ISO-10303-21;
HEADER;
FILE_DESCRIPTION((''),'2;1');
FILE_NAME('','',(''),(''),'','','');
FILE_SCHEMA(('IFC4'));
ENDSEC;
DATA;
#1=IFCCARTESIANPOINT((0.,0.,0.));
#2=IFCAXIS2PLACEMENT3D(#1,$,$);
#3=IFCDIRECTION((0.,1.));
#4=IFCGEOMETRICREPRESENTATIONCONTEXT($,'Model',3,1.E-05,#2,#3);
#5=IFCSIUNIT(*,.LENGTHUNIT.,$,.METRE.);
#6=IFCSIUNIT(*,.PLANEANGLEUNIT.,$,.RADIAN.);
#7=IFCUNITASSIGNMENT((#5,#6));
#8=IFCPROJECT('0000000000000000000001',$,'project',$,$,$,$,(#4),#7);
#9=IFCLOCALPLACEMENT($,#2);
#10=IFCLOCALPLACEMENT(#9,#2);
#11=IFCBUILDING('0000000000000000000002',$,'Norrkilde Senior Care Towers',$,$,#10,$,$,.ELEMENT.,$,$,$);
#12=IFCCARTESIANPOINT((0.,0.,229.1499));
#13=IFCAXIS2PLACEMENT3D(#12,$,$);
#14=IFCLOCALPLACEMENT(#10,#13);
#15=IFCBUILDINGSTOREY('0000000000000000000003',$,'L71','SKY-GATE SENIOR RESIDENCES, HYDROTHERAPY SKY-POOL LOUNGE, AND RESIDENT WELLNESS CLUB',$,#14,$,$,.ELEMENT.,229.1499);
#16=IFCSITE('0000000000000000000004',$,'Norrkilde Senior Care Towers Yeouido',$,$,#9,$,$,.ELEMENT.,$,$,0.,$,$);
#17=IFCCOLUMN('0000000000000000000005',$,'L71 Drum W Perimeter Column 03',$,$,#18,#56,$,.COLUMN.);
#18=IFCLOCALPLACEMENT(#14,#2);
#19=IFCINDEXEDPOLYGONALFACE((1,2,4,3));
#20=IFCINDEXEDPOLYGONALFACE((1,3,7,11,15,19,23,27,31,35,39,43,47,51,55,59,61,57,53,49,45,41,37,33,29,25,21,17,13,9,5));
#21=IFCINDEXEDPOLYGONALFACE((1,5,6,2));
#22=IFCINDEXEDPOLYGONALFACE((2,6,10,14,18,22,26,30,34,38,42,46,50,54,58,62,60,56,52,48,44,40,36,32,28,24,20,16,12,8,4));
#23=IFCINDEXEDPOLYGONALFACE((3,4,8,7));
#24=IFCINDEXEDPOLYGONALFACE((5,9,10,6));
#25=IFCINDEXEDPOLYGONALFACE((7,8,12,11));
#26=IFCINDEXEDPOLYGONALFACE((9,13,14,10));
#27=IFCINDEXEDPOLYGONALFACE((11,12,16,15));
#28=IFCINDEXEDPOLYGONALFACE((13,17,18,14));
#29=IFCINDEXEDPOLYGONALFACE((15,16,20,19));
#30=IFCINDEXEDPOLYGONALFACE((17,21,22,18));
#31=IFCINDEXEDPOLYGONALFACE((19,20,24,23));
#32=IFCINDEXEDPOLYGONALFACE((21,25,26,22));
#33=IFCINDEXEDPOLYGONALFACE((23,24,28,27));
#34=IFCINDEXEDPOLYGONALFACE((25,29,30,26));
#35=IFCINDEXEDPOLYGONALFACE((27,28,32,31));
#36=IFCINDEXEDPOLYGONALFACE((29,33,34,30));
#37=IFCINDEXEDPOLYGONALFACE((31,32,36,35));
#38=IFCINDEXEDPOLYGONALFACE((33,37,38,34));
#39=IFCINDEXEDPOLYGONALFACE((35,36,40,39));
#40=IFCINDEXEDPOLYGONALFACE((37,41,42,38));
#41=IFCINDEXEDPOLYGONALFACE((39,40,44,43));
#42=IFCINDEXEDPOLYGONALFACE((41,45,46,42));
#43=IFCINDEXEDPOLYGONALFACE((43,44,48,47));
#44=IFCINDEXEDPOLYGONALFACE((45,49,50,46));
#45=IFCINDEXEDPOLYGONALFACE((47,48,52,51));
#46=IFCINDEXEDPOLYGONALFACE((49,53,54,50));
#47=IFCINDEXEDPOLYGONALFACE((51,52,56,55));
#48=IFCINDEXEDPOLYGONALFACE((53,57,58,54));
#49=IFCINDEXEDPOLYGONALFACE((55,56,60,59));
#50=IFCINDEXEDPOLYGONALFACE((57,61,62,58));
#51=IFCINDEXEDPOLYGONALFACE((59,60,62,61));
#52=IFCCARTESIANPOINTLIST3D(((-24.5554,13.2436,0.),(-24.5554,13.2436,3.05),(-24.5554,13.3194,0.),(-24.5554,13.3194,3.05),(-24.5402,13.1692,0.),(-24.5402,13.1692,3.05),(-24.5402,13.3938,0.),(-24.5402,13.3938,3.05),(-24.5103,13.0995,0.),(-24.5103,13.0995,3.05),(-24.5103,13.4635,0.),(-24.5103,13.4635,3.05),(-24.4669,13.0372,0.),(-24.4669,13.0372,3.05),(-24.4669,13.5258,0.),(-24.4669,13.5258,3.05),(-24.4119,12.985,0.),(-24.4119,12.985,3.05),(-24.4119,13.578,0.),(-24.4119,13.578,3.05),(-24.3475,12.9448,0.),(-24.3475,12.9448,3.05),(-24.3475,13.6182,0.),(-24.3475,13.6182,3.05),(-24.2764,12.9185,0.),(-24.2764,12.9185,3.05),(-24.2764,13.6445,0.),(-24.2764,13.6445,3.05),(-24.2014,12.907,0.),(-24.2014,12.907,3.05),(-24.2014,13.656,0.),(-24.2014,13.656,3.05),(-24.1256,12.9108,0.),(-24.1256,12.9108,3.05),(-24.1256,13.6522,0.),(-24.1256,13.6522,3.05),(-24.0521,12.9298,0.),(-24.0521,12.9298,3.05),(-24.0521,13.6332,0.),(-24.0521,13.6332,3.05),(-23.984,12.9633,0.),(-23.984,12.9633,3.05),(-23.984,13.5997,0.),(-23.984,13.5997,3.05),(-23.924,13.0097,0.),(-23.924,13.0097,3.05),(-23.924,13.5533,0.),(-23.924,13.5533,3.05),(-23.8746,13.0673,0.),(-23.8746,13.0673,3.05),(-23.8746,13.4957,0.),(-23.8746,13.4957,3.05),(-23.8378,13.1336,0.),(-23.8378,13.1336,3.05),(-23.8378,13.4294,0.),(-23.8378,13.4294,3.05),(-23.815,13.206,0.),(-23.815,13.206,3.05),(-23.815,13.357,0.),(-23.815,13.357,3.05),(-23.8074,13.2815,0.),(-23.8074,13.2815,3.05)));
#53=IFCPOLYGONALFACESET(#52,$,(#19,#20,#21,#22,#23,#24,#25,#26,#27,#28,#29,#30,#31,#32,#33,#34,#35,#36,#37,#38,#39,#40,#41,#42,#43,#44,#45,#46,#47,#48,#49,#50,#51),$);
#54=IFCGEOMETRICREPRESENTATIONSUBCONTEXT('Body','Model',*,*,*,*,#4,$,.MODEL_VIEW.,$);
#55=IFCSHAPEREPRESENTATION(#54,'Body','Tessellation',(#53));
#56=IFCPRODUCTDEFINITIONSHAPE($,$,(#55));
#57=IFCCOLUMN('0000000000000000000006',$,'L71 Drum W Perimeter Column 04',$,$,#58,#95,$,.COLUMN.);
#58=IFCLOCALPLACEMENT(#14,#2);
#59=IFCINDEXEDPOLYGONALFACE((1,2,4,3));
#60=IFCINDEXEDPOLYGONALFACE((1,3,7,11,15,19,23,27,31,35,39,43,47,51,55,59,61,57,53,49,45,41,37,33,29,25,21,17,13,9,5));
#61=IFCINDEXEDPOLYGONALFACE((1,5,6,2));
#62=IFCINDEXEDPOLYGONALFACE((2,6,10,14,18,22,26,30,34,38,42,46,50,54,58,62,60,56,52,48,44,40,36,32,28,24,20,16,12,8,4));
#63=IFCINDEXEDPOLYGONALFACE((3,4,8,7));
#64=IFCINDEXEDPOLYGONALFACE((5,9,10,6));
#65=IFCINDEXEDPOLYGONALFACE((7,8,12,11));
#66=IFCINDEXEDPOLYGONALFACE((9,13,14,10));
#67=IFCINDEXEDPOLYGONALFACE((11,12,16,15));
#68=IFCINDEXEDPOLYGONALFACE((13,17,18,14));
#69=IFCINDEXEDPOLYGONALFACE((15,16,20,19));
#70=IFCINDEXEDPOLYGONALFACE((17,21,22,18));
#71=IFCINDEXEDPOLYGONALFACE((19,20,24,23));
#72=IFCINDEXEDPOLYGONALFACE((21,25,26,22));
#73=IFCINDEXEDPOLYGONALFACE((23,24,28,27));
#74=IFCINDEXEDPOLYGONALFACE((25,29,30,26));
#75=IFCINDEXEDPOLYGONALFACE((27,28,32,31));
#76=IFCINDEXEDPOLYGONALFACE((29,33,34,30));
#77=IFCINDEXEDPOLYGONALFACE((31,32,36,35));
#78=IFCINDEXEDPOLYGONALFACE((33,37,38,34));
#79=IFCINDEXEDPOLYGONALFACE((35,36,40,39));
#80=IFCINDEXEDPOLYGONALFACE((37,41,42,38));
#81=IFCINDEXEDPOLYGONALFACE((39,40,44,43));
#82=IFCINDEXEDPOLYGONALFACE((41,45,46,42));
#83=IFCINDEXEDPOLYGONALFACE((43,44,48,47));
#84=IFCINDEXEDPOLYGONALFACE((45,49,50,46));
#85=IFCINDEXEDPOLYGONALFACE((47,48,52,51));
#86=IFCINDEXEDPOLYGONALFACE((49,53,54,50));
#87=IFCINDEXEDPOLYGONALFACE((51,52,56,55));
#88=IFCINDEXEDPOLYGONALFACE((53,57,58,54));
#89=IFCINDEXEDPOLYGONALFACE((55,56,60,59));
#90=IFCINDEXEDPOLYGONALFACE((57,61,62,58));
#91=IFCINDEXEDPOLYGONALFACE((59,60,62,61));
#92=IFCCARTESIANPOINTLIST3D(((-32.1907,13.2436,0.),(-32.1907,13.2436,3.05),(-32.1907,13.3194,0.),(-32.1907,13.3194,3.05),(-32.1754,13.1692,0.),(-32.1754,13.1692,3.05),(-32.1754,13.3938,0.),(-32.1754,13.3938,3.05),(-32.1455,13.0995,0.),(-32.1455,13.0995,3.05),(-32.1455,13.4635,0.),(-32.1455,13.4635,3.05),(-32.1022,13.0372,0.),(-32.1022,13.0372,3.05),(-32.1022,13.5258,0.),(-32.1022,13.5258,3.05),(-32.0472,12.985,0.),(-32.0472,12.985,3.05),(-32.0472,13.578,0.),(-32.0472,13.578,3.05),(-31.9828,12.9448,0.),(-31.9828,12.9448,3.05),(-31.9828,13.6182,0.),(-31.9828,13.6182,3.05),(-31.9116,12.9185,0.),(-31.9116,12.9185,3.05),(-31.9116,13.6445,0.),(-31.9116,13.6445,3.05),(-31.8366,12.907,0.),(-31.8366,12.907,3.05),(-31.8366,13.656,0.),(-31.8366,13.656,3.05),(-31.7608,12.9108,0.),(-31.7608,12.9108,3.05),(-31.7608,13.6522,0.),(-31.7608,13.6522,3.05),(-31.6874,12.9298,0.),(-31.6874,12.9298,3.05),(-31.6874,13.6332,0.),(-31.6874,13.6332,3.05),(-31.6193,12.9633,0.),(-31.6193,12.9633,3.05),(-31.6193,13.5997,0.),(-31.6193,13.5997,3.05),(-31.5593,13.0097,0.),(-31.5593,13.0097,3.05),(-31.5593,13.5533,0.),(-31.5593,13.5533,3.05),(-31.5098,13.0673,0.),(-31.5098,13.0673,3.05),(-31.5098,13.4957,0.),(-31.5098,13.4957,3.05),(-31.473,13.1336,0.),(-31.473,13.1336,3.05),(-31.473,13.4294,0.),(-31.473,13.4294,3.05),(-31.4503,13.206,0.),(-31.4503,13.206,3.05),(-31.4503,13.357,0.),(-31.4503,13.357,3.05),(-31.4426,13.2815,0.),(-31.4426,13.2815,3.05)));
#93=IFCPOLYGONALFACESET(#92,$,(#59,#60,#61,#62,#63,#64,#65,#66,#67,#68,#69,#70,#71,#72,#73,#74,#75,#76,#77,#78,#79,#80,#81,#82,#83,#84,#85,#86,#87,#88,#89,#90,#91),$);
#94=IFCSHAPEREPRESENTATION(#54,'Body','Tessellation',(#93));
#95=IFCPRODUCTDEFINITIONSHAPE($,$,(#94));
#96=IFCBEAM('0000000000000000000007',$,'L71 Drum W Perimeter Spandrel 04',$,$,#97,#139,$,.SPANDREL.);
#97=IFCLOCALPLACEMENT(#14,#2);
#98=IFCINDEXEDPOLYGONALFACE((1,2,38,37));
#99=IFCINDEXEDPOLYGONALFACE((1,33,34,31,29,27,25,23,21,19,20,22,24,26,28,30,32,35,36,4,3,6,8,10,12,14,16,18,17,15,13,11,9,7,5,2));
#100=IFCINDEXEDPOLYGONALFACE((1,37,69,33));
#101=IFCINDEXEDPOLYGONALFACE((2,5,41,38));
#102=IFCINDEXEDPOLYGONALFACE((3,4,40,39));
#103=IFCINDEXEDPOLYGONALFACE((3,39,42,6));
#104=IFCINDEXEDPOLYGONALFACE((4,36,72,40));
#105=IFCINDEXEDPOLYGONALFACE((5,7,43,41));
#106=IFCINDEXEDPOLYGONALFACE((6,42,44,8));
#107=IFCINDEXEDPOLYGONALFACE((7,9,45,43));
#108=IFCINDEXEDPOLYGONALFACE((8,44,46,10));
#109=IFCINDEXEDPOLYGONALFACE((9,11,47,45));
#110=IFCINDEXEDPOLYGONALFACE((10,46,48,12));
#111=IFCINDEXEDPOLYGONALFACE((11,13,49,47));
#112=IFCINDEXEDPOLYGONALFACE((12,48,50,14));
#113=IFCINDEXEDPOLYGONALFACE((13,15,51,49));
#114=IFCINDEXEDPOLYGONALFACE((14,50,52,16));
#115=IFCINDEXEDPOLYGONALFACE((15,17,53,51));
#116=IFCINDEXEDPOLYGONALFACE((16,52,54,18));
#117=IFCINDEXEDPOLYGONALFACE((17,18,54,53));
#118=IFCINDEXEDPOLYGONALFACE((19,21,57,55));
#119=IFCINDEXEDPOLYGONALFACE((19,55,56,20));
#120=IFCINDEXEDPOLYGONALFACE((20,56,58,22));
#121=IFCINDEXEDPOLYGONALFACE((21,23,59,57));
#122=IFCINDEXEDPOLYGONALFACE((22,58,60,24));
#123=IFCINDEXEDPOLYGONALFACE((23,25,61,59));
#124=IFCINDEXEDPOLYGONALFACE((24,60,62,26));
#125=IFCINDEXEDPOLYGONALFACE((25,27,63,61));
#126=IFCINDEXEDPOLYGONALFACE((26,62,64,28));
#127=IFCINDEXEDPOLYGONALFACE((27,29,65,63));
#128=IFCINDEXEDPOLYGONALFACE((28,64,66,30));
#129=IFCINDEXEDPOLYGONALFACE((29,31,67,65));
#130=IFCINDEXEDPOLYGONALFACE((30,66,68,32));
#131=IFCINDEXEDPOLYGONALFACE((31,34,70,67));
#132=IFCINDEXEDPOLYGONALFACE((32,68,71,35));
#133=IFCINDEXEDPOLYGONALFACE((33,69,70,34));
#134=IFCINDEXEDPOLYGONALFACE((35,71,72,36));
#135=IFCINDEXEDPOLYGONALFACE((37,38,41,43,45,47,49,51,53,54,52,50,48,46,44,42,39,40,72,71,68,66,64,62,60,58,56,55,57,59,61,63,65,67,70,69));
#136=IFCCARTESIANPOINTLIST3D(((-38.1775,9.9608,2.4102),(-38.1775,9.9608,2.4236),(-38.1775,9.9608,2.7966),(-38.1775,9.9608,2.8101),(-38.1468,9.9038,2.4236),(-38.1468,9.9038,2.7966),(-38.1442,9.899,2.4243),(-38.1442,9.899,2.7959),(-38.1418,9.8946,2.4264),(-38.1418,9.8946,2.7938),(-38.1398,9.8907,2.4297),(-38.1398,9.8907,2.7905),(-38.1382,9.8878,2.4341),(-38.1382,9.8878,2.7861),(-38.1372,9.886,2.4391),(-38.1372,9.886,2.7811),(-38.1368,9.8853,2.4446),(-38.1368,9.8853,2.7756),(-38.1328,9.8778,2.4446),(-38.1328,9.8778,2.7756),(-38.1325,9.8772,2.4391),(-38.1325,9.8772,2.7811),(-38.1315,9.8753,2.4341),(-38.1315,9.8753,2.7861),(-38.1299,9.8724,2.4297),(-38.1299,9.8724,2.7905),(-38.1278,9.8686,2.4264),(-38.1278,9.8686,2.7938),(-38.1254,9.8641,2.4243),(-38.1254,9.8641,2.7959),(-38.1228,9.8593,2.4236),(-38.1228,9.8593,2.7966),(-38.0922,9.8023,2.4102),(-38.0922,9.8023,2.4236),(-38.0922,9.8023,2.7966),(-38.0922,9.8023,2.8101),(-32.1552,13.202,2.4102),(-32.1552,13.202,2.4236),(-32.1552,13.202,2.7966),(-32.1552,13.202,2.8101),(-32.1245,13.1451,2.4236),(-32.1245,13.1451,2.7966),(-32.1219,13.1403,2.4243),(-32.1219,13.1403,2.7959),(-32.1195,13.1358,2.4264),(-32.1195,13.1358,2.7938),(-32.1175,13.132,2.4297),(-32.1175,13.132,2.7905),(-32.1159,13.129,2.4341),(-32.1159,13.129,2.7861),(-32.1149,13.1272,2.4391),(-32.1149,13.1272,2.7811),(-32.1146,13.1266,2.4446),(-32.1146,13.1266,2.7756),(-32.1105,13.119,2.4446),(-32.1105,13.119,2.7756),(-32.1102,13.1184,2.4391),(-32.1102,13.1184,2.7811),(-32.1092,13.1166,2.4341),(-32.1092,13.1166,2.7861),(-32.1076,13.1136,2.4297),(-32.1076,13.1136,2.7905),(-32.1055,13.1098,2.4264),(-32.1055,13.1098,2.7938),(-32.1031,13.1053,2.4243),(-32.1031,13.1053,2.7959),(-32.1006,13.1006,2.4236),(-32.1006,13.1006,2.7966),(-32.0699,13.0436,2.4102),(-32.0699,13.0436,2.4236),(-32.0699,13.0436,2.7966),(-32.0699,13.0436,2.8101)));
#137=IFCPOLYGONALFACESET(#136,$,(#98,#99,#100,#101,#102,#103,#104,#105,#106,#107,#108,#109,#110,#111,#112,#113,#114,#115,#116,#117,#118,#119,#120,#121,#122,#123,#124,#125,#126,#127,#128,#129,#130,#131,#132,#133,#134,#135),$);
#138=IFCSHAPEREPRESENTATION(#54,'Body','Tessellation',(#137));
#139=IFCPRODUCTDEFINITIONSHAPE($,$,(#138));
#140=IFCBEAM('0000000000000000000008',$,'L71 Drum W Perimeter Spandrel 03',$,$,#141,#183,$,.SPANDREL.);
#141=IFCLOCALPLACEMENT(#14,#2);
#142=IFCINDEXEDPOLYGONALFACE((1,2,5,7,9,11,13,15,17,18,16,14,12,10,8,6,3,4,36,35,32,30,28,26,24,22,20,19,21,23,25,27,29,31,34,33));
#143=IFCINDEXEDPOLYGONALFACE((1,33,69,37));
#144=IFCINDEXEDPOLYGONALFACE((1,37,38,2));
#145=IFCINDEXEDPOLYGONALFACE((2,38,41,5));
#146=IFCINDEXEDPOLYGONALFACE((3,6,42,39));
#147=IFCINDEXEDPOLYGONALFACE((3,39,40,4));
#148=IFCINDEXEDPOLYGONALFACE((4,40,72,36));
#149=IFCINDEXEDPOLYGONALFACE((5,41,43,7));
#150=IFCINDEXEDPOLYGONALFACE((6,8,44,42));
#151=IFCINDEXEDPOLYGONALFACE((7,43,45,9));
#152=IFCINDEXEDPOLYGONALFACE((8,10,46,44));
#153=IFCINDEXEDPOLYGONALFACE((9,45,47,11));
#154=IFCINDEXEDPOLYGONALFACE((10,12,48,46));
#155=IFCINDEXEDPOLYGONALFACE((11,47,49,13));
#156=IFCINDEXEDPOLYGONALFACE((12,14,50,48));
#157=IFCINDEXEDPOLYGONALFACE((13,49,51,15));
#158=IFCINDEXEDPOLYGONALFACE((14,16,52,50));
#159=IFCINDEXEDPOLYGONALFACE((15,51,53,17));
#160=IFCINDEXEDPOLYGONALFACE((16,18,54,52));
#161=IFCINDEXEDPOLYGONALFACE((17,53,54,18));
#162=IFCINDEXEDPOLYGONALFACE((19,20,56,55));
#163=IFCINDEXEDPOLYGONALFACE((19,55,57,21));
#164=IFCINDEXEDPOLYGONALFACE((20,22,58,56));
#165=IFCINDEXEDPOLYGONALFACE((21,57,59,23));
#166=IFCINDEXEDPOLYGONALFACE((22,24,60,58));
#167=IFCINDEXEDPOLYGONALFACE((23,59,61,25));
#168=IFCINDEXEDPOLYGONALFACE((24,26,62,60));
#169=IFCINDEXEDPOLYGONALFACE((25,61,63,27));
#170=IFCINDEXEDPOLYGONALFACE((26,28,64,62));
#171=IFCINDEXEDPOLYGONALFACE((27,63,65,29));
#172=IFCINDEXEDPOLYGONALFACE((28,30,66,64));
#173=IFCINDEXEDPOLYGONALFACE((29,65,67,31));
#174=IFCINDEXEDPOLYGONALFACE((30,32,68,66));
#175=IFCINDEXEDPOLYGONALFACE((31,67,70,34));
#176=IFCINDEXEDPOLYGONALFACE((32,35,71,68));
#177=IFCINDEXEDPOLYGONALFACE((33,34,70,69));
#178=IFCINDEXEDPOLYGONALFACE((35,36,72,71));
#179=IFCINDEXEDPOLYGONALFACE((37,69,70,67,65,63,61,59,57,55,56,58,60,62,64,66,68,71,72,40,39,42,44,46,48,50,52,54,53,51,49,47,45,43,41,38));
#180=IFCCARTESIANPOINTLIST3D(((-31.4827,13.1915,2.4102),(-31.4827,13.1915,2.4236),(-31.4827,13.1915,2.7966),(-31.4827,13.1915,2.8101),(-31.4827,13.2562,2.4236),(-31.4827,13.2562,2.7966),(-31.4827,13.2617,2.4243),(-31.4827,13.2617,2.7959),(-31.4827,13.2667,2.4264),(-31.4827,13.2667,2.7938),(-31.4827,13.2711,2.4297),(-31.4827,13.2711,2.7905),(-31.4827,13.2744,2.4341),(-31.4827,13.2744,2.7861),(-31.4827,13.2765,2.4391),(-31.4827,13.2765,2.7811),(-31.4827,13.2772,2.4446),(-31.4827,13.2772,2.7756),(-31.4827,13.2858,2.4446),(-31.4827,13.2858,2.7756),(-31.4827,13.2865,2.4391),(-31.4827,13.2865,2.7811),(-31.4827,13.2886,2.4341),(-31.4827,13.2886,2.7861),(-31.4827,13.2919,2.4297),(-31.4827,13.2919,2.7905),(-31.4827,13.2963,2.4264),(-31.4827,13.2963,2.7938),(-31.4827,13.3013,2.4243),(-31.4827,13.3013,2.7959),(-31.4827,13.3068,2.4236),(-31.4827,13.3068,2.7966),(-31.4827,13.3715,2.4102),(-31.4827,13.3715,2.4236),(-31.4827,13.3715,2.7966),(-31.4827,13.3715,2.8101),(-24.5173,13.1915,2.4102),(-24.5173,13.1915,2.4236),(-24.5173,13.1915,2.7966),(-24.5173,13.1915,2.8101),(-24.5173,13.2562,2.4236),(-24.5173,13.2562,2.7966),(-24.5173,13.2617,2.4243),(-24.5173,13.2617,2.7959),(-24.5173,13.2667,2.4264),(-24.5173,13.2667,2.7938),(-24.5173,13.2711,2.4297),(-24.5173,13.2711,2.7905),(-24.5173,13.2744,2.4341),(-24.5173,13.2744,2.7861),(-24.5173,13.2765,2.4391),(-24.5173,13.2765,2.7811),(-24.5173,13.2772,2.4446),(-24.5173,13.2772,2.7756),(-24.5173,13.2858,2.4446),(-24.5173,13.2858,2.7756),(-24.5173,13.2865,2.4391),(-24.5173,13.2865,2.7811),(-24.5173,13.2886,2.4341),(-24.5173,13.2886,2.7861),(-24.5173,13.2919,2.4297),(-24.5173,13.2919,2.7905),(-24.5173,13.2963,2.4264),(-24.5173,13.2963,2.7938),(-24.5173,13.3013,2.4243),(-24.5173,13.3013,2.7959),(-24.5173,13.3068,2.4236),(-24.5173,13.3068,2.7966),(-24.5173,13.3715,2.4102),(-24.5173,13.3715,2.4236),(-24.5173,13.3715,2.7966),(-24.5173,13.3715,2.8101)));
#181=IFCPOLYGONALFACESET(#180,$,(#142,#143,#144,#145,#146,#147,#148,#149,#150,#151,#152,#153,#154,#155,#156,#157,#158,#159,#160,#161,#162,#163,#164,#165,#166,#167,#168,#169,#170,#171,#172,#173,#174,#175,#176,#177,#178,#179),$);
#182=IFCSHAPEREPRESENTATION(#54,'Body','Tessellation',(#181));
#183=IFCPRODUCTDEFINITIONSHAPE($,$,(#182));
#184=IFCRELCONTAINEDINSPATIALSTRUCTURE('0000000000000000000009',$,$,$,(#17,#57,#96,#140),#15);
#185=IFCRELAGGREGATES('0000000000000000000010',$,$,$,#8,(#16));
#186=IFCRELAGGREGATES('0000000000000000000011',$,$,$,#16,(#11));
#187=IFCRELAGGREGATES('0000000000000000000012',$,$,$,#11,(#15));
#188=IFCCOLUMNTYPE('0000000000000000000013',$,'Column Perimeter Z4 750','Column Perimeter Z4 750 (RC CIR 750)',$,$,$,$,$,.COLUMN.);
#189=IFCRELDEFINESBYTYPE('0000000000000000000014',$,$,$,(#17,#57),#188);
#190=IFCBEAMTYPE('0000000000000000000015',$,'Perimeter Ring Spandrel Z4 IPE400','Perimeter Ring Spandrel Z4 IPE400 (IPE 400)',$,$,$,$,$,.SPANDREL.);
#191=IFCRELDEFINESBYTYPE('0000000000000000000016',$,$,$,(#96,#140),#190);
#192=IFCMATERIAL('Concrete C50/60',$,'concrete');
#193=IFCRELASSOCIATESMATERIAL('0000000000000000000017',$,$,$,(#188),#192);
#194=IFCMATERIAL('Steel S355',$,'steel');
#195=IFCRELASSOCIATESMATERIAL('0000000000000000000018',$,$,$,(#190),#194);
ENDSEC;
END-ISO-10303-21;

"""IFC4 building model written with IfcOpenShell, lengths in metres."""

from ifc_helpers import new_model, si_unit, direction, frame, origin, origin_2d, place, context, subcontext, project, spatial, circle, i_section, extrude, source, transform, mapped, material, material_profile, profile_set, type_object, type_shapes, element, save


model = new_model("IFC4")

# Units and contexts
model_context = context("Model", 3, precision=1e-05, world=origin(), true_north=direction((0.0, 1.0)))
body_context = subcontext(model_context, "Body", "Model", "MODEL_VIEW")
ifc_project = project(units=[si_unit("LENGTHUNIT", "METRE"), si_unit("PLANEANGLEUNIT", "RADIAN")], contexts=[model_context])

# Site, building, storey
site_placement = place(None, origin())
site = spatial("IfcSite", under=ifc_project, at=site_placement, Name="Norrkilde Senior Care Towers Yeouido", CompositionType="ELEMENT", RefElevation=0.0)
building_placement = place(site_placement, origin())
building = spatial("IfcBuilding", under=site, at=building_placement, Name="Norrkilde Senior Care Towers", CompositionType="ELEMENT")
storey_placement = place(building_placement, frame((0.0, 0.0, 229.1499)))
storey = spatial("IfcBuildingStorey", under=building, at=storey_placement, Name="L71", Description="SKY-GATE SENIOR RESIDENCES, HYDROTHERAPY SKY-POOL LOUNGE, AND RESIDENT WELLNESS CLUB", CompositionType="ELEMENT", Elevation=229.1499)

# Columns
ifc_material_1 = material(Name="Concrete C50/60", Category="concrete")
ifc_material_profile_1 = material_profile(ifc_material_1, circle(Radius=0.375, at=origin_2d()), Name="RC CIR 750")
ifc_profile_set_1 = profile_set([ifc_material_profile_1], Name="Concrete C50/60")
column_type = type_object("IfcColumnType", Name="Column Perimeter Z4 750", Description="Column Perimeter Z4 750 (RC CIR 750)", PredefinedType="COLUMN", material=ifc_profile_set_1)
shared_shape_1 = source(origin(), body_context, "Body", "SweptSolid", [
    extrude(circle(Radius=0.375, at=origin_2d()), origin(), (0.0, 0.0, 1.0), 3.05),
])
type_shapes(column_type, [shared_shape_1])
for number, where, z_axis, x_axis, name in (
    (1, (-24.1824, 13.2815, 0.0), (0.0, 0.0, 1.0), (1.0, 0.0, 0.0), "L71 Drum W Perimeter Column 03"),
    (2, (-31.8176, 13.2815, 0.0), (0.0, 0.0, 1.0), (1.0, 0.0, 0.0), "L71 Drum W Perimeter Column 04"),
):
    element("IfcColumn", number, at=place(storey_placement, frame(where, z_axis=z_axis, x_axis=x_axis)), inside=storey, type_object=column_type, Name=name, PredefinedType="COLUMN", context=body_context, shape_type="MappedRepresentation", body=[
        mapped(shared_shape_1, transform((0.0, 0.0, 0.0), x_axis=(1.0, 0.0, 0.0), y_axis=(0.0, 1.0, 0.0), z_axis=(0.0, 0.0, 1.0), scale=1.0)),
    ])

# Beams
ifc_material_2 = material(Name="Steel S355", Category="steel")
ifc_material_profile_2 = material_profile(ifc_material_2, i_section(OverallWidth=0.1799, OverallDepth=0.3999, WebThickness=0.0085, FlangeThickness=0.0134, FilletRadius=0.021, at=origin_2d()), Name="IPE 400")
ifc_profile_set_2 = profile_set([ifc_material_profile_2], Name="Steel S355")
beam_type_1 = type_object("IfcBeamType", Name="Perimeter Ring Spandrel Z4 IPE400", Description="Perimeter Ring Spandrel Z4 IPE400 (IPE 400)", PredefinedType="SPANDREL", material=ifc_profile_set_2)
shared_shape_2 = source(origin(), body_context, "Body", "SweptSolid", [
    extrude(i_section(OverallWidth=0.1799, OverallDepth=0.3999, WebThickness=0.0085, FlangeThickness=0.0134, FilletRadius=0.021, at=origin_2d()), origin(), (0.0, 0.0, 1.0), 6.8391),
])
beam_1_placement = place(storey_placement, frame((-32.1125, 13.1228, 2.6101), z_axis=(-0.880564, -0.473927, 0.0), x_axis=(0.473927, -0.880564, 0.0)))
element("IfcBeam", 3, at=beam_1_placement, inside=storey, type_object=beam_type_1, Name="L71 Drum W Perimeter Spandrel 04", PredefinedType="SPANDREL", context=body_context, shape_type="MappedRepresentation", body=[
    mapped(shared_shape_2, transform((0.0, 0.0, 0.0), x_axis=(1.0, 0.0, 0.0), y_axis=(0.0, 1.0, 0.0), z_axis=(0.0, 0.0, 1.0), scale=1.0)),
])
shared_shape_3 = source(origin(), body_context, "Body", "SweptSolid", [
    extrude(i_section(OverallWidth=0.1799, OverallDepth=0.3999, WebThickness=0.0085, FlangeThickness=0.0134, FilletRadius=0.021, at=origin_2d()), origin(), (0.0, 0.0, 1.0), 6.9653),
])
type_shapes(beam_type_1, [shared_shape_2, shared_shape_3])
beam_2_placement = place(storey_placement, frame((-24.5173, 13.2815, 2.6101), z_axis=(-1.0, 0.0, 0.0), x_axis=(0.0, -1.0, 0.0)))
element("IfcBeam", 4, at=beam_2_placement, inside=storey, type_object=beam_type_1, Name="L71 Drum W Perimeter Spandrel 03", PredefinedType="SPANDREL", context=body_context, shape_type="MappedRepresentation", body=[
    mapped(shared_shape_3, transform((0.0, 0.0, 0.0), x_axis=(1.0, 0.0, 0.0), y_axis=(0.0, 1.0, 0.0), z_axis=(0.0, 0.0, 1.0), scale=1.0)),
])

save(model, "model.ifc")
